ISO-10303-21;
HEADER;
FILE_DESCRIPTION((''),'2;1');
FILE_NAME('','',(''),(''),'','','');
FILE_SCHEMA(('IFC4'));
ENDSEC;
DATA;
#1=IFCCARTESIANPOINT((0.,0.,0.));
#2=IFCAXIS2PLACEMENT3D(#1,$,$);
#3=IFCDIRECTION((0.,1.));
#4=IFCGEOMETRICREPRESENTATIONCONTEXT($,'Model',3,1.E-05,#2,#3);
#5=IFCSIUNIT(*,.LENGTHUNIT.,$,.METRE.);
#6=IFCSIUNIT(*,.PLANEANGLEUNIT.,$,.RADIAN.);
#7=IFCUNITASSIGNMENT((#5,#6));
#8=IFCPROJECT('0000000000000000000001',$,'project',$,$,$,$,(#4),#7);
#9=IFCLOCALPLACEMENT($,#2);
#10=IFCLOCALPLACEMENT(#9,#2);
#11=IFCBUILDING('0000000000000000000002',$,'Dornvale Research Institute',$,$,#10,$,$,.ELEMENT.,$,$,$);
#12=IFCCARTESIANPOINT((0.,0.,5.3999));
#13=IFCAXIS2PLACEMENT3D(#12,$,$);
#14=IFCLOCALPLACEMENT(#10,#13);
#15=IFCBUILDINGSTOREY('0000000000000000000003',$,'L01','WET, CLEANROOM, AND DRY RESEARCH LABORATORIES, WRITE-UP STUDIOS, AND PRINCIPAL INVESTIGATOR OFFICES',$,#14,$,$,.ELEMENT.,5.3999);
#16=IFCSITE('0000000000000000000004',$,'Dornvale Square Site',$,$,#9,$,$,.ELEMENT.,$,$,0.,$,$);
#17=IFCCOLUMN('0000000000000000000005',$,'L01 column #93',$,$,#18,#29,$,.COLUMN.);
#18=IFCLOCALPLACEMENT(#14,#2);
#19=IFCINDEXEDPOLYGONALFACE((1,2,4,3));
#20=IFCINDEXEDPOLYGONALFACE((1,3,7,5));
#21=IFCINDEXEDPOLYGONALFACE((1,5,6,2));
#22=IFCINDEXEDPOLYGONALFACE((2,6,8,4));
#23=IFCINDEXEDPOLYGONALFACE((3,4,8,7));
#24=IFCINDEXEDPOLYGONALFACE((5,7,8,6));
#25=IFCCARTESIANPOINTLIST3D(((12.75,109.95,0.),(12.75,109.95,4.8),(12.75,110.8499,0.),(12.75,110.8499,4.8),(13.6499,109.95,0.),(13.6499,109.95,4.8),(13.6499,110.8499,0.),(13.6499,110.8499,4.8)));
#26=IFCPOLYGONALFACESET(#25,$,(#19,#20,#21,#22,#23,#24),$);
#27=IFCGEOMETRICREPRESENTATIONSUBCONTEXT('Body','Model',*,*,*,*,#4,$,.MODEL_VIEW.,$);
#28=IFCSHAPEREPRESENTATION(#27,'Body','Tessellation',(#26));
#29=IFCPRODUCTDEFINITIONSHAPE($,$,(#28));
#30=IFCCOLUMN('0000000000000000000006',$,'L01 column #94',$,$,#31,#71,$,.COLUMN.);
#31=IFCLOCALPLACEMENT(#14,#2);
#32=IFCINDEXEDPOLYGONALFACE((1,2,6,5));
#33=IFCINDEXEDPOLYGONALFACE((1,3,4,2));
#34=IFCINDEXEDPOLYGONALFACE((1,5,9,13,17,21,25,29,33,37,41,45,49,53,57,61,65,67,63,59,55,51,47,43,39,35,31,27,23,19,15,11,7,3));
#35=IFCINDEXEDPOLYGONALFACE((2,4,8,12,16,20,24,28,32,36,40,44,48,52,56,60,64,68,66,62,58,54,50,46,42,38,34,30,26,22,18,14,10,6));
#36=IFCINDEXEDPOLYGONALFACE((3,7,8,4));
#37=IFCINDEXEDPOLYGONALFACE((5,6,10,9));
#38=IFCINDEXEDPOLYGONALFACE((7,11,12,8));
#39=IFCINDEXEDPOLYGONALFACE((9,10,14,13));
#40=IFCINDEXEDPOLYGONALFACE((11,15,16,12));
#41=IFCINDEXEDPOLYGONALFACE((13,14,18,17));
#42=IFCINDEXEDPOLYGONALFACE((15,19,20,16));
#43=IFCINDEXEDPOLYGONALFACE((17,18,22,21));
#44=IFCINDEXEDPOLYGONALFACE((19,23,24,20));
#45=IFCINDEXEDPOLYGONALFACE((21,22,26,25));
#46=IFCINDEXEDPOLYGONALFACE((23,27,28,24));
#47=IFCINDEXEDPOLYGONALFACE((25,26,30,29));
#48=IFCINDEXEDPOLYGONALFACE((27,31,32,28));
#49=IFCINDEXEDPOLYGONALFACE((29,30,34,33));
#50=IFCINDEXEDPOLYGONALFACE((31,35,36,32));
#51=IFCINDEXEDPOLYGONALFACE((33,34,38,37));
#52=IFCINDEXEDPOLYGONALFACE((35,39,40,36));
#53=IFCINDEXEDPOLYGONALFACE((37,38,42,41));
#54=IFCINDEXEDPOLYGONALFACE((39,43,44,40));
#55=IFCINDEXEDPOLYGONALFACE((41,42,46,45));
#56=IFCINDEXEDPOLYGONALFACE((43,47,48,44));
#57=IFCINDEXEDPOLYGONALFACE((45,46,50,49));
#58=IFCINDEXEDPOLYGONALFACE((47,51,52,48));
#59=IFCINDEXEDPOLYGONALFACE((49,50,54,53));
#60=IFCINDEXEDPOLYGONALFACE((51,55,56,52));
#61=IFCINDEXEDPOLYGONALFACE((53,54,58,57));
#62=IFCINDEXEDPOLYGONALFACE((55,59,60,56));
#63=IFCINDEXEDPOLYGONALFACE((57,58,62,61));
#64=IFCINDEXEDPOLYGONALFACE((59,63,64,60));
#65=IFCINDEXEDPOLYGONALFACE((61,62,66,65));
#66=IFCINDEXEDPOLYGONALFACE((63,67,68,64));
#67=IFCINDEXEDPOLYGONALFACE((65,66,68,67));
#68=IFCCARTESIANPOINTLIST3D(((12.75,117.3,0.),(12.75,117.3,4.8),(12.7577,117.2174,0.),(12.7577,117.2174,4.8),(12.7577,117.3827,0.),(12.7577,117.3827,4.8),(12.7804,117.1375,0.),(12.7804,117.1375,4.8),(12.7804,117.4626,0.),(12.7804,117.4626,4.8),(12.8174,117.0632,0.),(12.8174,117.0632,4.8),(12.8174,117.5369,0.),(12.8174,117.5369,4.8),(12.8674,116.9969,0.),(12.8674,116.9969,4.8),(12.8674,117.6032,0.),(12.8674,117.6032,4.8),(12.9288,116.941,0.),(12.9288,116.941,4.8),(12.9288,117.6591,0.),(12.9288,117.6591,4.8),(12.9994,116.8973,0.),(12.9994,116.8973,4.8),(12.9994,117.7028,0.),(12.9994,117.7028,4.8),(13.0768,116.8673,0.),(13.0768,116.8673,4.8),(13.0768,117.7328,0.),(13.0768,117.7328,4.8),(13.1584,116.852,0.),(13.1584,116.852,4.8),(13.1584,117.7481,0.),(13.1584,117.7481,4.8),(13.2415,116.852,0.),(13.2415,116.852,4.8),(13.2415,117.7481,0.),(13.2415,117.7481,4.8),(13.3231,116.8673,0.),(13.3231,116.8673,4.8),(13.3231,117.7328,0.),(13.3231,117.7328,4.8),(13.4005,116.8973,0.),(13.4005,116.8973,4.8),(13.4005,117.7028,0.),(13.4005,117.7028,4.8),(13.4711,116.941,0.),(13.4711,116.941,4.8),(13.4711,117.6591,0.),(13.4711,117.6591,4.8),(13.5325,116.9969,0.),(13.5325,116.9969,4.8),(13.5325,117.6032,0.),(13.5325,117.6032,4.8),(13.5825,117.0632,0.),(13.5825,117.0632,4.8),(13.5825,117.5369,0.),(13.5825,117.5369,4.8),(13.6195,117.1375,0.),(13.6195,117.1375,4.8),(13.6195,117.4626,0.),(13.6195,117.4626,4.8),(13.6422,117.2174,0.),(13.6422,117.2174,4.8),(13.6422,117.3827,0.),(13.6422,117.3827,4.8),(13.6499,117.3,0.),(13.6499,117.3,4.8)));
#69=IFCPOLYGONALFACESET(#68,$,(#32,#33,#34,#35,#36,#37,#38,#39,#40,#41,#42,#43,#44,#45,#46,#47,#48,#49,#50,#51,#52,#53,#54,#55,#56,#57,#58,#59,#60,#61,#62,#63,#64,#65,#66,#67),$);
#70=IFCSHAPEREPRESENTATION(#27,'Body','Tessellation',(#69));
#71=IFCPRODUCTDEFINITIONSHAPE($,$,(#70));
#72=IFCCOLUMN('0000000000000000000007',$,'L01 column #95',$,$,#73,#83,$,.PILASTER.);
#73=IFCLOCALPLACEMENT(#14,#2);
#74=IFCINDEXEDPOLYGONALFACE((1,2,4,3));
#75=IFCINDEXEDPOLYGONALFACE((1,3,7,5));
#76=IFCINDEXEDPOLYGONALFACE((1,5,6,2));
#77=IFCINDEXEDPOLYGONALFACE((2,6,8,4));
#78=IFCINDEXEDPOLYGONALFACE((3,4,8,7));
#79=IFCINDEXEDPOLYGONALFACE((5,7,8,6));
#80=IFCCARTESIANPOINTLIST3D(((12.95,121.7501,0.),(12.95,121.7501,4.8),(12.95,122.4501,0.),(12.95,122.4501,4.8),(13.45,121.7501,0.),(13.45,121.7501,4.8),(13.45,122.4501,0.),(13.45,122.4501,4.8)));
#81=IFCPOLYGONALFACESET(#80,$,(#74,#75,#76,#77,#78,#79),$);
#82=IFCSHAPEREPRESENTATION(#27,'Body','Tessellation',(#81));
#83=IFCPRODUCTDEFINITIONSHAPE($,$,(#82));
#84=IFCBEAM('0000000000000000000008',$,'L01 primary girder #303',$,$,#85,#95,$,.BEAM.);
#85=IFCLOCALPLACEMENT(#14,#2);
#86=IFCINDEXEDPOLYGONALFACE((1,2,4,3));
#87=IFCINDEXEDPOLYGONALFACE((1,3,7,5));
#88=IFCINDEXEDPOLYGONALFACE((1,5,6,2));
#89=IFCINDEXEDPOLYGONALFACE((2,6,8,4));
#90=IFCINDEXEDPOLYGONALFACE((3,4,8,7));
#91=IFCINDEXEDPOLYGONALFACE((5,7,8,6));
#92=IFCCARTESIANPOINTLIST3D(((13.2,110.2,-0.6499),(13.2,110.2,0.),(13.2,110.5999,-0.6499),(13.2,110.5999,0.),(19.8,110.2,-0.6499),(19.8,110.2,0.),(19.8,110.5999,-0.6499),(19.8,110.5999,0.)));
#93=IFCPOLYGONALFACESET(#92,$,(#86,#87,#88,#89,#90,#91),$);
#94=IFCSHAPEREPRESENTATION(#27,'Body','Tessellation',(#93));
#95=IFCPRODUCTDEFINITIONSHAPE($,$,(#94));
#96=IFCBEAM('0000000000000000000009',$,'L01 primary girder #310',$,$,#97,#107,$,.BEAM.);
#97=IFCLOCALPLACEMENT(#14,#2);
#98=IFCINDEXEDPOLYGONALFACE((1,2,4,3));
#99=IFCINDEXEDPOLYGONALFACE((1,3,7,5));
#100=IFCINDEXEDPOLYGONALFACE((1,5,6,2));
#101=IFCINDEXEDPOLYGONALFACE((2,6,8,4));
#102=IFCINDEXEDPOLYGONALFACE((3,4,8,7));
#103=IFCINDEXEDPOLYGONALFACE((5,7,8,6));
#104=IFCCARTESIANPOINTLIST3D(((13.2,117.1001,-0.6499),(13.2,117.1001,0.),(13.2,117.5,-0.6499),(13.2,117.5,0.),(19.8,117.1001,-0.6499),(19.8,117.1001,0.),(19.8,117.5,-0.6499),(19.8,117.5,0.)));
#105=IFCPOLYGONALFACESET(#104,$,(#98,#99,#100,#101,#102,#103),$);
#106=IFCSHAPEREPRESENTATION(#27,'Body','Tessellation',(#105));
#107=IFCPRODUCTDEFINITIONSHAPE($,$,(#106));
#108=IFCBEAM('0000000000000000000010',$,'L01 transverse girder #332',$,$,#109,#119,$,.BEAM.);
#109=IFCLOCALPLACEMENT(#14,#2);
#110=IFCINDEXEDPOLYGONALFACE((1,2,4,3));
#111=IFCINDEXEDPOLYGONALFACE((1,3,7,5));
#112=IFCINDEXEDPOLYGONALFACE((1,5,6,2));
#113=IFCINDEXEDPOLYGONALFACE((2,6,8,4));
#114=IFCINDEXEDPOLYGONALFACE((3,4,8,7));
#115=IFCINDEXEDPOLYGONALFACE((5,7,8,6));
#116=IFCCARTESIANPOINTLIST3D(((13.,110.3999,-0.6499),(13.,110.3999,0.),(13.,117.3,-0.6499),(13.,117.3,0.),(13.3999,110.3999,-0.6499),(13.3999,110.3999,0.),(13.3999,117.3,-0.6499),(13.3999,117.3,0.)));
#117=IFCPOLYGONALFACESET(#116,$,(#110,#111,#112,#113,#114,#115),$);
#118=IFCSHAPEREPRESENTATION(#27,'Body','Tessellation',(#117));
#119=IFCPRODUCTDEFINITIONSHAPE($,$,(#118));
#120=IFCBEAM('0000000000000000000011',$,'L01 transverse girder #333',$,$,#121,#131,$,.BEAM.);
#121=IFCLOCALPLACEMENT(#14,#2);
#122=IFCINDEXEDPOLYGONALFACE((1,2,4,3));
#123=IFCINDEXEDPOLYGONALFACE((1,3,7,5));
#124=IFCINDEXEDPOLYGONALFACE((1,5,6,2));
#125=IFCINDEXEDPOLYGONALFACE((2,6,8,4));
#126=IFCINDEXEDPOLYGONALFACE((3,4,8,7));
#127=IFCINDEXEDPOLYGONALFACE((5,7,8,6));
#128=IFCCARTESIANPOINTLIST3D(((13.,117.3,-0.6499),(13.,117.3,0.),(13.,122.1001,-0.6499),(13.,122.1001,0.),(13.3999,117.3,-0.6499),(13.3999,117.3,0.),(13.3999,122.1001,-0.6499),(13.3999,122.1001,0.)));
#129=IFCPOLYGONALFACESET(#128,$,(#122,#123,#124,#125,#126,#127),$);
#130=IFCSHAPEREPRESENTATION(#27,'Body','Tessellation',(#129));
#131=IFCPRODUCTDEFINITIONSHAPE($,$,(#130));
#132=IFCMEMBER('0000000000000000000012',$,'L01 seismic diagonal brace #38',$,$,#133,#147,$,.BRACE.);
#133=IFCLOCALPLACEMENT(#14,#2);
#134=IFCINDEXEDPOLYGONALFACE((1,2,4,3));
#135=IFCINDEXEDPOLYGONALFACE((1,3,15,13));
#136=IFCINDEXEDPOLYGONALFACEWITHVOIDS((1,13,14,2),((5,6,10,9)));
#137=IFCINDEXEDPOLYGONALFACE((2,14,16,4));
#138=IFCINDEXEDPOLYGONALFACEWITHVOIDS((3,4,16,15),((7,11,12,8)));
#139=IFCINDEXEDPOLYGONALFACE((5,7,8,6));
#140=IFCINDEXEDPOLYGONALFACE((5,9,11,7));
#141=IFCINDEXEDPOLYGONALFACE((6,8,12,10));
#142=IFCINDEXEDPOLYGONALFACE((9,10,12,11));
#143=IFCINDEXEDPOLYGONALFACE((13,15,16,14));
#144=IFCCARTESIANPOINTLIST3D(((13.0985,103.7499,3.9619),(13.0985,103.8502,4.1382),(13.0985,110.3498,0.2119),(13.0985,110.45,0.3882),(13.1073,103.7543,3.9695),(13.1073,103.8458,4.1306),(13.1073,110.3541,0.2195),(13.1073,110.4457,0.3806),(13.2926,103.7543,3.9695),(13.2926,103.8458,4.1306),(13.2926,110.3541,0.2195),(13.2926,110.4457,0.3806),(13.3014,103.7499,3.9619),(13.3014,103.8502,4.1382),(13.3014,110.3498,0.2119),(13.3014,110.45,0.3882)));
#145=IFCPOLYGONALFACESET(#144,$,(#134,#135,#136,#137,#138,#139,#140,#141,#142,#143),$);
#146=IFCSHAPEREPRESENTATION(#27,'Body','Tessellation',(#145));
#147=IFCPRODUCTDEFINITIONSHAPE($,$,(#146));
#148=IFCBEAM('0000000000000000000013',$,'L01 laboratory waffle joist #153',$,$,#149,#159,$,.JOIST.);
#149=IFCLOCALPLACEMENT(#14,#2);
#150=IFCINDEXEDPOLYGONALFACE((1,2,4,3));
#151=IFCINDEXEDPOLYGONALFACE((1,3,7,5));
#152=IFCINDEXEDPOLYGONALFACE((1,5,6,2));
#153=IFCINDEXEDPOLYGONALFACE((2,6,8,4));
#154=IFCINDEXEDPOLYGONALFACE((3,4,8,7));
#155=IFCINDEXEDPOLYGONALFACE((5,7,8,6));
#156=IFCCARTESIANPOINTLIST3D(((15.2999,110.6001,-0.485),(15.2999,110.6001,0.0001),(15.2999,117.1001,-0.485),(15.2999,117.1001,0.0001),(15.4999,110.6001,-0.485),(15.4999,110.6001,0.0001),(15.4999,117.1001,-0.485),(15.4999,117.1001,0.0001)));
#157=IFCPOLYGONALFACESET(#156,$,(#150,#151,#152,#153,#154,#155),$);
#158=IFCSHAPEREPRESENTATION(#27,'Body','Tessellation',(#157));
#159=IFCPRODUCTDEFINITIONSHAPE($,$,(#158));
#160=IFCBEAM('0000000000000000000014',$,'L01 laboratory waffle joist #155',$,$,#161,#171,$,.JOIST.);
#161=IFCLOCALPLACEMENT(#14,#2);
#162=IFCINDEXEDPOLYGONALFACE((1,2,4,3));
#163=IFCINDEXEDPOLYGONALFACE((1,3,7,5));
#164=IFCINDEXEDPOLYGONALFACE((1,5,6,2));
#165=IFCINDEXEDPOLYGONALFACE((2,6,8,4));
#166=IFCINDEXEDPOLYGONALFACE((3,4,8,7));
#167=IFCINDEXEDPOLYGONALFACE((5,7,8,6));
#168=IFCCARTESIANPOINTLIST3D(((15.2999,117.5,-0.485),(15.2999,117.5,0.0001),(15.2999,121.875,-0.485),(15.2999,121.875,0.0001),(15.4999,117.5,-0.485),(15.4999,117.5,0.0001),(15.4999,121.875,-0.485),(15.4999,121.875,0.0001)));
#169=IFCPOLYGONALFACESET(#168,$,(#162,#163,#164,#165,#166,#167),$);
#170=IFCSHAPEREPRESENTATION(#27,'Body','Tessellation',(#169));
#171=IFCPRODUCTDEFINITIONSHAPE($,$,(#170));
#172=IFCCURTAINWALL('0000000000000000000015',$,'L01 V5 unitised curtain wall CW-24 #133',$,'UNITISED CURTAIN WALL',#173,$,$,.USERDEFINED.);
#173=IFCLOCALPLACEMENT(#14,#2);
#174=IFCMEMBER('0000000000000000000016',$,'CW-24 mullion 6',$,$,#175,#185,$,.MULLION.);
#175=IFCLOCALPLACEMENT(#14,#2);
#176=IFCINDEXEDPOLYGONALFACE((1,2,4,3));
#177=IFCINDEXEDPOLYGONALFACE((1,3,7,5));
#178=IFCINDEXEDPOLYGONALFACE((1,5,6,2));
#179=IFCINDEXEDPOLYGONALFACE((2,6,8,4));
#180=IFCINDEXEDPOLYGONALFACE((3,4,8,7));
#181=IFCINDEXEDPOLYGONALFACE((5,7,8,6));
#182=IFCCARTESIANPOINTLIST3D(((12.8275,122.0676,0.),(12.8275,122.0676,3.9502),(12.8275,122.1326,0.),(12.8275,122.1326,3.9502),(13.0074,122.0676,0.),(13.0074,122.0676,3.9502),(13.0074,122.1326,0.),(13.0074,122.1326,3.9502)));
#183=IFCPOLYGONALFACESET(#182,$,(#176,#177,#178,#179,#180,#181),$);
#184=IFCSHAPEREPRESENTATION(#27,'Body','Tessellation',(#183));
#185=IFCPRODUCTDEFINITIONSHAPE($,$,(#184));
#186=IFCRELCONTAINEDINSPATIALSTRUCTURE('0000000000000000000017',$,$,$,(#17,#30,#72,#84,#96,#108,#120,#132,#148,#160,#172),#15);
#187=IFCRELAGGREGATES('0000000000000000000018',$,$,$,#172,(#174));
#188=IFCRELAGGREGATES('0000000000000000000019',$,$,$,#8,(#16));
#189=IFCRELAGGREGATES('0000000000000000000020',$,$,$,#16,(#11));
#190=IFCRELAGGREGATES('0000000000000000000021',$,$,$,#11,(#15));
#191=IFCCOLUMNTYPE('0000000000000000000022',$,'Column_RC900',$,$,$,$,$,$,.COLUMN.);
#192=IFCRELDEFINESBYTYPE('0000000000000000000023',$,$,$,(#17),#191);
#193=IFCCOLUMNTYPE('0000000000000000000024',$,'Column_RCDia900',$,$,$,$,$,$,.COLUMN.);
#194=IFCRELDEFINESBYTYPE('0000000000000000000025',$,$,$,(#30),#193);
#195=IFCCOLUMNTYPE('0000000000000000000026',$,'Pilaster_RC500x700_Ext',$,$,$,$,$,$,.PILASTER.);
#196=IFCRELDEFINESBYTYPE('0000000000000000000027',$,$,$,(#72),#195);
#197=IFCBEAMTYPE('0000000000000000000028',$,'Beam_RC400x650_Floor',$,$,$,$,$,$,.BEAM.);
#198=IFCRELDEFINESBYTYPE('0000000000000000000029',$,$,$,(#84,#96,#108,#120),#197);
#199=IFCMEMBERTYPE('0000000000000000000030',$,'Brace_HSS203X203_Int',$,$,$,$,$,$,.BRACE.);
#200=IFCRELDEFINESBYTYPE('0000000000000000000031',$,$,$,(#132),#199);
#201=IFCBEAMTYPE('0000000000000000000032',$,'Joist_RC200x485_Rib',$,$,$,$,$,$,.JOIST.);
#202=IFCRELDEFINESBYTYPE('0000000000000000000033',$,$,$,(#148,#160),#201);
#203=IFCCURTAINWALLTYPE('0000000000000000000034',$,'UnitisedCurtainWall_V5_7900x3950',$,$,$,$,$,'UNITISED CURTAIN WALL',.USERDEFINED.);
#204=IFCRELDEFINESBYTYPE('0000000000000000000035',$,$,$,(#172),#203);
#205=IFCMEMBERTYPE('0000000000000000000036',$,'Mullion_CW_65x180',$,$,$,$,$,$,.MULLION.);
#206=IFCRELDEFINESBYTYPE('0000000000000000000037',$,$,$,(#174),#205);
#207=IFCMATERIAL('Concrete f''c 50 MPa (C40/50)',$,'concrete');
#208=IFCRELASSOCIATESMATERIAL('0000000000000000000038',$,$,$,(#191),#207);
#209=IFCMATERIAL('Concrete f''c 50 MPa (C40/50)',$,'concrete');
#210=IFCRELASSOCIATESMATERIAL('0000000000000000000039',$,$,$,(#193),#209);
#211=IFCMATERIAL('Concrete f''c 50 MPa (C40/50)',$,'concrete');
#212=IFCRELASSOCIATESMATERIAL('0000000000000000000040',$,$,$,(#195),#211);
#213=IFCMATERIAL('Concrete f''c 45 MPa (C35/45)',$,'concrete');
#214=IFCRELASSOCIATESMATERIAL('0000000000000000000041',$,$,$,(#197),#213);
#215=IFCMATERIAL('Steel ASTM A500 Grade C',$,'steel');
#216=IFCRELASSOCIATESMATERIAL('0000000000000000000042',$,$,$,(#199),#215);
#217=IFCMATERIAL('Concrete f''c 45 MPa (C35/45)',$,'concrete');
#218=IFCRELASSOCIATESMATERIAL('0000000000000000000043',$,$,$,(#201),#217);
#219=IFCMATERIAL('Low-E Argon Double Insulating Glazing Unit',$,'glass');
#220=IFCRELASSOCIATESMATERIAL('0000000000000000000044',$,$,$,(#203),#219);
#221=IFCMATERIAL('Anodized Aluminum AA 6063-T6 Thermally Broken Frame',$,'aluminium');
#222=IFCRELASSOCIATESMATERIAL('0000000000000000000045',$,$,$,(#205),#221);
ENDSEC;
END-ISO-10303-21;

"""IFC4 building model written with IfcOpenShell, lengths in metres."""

from ifc_helpers import new_model, si_unit, direction, frame, origin, origin_2d, place, context, subcontext, project, spatial, rectangle, hollow_rectangle, circle, extrude, material, material_profile, profile_set, type_object, element, aggregate, save


model = new_model("IFC4")

# Units and contexts
model_context = context("Model", 3, precision=1e-05, world=origin(), true_north=direction((0.0, 1.0)))
body_context = subcontext(model_context, "Body", "Model", "MODEL_VIEW")
ifc_project = project(units=[si_unit("LENGTHUNIT", "METRE"), si_unit("PLANEANGLEUNIT", "RADIAN")], contexts=[model_context])

# Site, building, storey
site_placement = place(None, origin())
site = spatial("IfcSite", under=ifc_project, at=site_placement, Name="Dornvale Square Site", CompositionType="ELEMENT", RefElevation=0.0)
building_placement = place(site_placement, origin())
building = spatial("IfcBuilding", under=site, at=building_placement, Name="Dornvale Research Institute", CompositionType="ELEMENT")
storey_placement = place(building_placement, frame((0.0, 0.0, 5.3999)))
storey = spatial("IfcBuildingStorey", under=building, at=storey_placement, Name="L01", Description="WET, CLEANROOM, AND DRY RESEARCH LABORATORIES, WRITE-UP STUDIOS, AND PRINCIPAL INVESTIGATOR OFFICES", CompositionType="ELEMENT", Elevation=5.3999)

# Columns
ifc_material_1 = material(Name="Concrete f'c 50 MPa (C40/50)", Category="concrete")
ifc_material_profile_1 = material_profile(ifc_material_1, rectangle(XDim=0.8999, YDim=0.8999, at=origin_2d()), Name="RC 900x900")
ifc_profile_set_1 = profile_set([ifc_material_profile_1], Name="Concrete f'c 50 MPa (C40/50)")
column_type_1 = type_object("IfcColumnType", Name="Column_RC900", PredefinedType="COLUMN", material=ifc_profile_set_1)
column_1_placement = place(storey_placement, frame((13.2, 110.3999, 0.0), z_axis=(0.0, 0.0, 1.0), x_axis=(1.0, 0.0, 0.0)))
element("IfcColumn", 1, at=column_1_placement, inside=storey, type_object=column_type_1, Name="L01 column #93", PredefinedType="COLUMN", context=body_context, shape_type="SweptSolid", body=[
    extrude(rectangle(XDim=0.8999, YDim=0.8999, at=origin_2d()), origin(), (0.0, 0.0, 1.0), 4.8),
])
ifc_material_2 = material(Name="Concrete f'c 50 MPa (C40/50)", Category="concrete")
ifc_material_profile_2 = material_profile(ifc_material_2, circle(Radius=0.45, at=origin_2d()), Name="RC DIA 900")
ifc_profile_set_2 = profile_set([ifc_material_profile_2], Name="Concrete f'c 50 MPa (C40/50)")
column_type_2 = type_object("IfcColumnType", Name="Column_RCDia900", PredefinedType="COLUMN", material=ifc_profile_set_2)
column_2_placement = place(storey_placement, frame((13.2, 117.3, 0.0), z_axis=(0.0, 0.0, 1.0), x_axis=(1.0, 0.0, 0.0)))
element("IfcColumn", 2, at=column_2_placement, inside=storey, type_object=column_type_2, Name="L01 column #94", PredefinedType="COLUMN", context=body_context, shape_type="SweptSolid", body=[
    extrude(circle(Radius=0.45, at=origin_2d()), origin(), (0.0, 0.0, 1.0), 4.8),
])
ifc_material_3 = material(Name="Concrete f'c 50 MPa (C40/50)", Category="concrete")
ifc_material_profile_3 = material_profile(ifc_material_3, rectangle(XDim=0.5, YDim=0.7, at=origin_2d()), Name="RC 500x700")
ifc_profile_set_3 = profile_set([ifc_material_profile_3], Name="Concrete f'c 50 MPa (C40/50)")
column_type_3 = type_object("IfcColumnType", Name="Pilaster_RC500x700_Ext", PredefinedType="PILASTER", material=ifc_profile_set_3)
column_3_placement = place(storey_placement, frame((13.2, 122.1001, 0.0), z_axis=(0.0, 0.0, 1.0), x_axis=(1.0, 0.0, 0.0)))
element("IfcColumn", 3, at=column_3_placement, inside=storey, type_object=column_type_3, Name="L01 column #95", PredefinedType="PILASTER", context=body_context, shape_type="SweptSolid", body=[
    extrude(rectangle(XDim=0.5, YDim=0.7, at=origin_2d()), origin(), (0.0, 0.0, 1.0), 4.8),
])

# Beams
ifc_material_4 = material(Name="Concrete f'c 45 MPa (C35/45)", Category="concrete")
ifc_material_profile_4 = material_profile(ifc_material_4, rectangle(XDim=0.3999, YDim=0.6499, at=origin_2d()), Name="RC 400x650")
ifc_profile_set_4 = profile_set([ifc_material_profile_4], Name="Concrete f'c 45 MPa (C35/45)")
beam_type_1 = type_object("IfcBeamType", Name="Beam_RC400x650_Floor", PredefinedType="BEAM", material=ifc_profile_set_4)
for number, where, z_axis, x_axis, name in (
    (4, (13.2, 110.3999, -0.325), (1.0, 0.0, 0.0), (0.0, 1.0, 0.0), "L01 primary girder #303"),
    (5, (13.2, 117.3, -0.325), (1.0, 0.0, 0.0), (0.0, 1.0, 0.0), "L01 primary girder #310"),
):
    element("IfcBeam", number, at=place(storey_placement, frame(where, z_axis=z_axis, x_axis=x_axis)), inside=storey, type_object=beam_type_1, Name=name, PredefinedType="BEAM", context=body_context, shape_type="SweptSolid", body=[
        extrude(rectangle(XDim=0.3999, YDim=0.6499, at=origin_2d()), origin(), (0.0, 0.0, 1.0), 6.6001),
    ])
beam_1_placement = place(storey_placement, frame((13.2, 110.3999, -0.325), z_axis=(0.0, 1.0, 0.0), x_axis=(-1.0, 0.0, 0.0)))
element("IfcBeam", 6, at=beam_1_placement, inside=storey, type_object=beam_type_1, Name="L01 transverse girder #332", PredefinedType="BEAM", context=body_context, shape_type="SweptSolid", body=[
    extrude(rectangle(XDim=0.3999, YDim=0.6499, at=origin_2d()), origin(), (0.0, 0.0, 1.0), 6.9001),
])
beam_2_placement = place(storey_placement, frame((13.2, 117.3, -0.325), z_axis=(0.0, 1.0, 0.0), x_axis=(-1.0, 0.0, 0.0)))
element("IfcBeam", 7, at=beam_2_placement, inside=storey, type_object=beam_type_1, Name="L01 transverse girder #333", PredefinedType="BEAM", context=body_context, shape_type="SweptSolid", body=[
    extrude(rectangle(XDim=0.3999, YDim=0.6499, at=origin_2d()), origin(), (0.0, 0.0, 1.0), 4.8),
])

# Member
ifc_material_5 = material(Name="Steel ASTM A500 Grade C", Category="steel")
ifc_material_profile_5 = material_profile(ifc_material_5, hollow_rectangle(XDim=0.2029, YDim=0.2029, WallThickness=0.0088, at=origin_2d()), Name="HSS203X203X9.5")
ifc_profile_set_5 = profile_set([ifc_material_profile_5], Name="Steel ASTM A500 Grade C")
member_type_1 = type_object("IfcMemberType", Name="Brace_HSS203X203_Int", PredefinedType="BRACE", material=ifc_profile_set_5)
member_1_placement = place(storey_placement, frame((13.2, 110.3999, 0.3), z_axis=(0.0, -0.869452, 0.494018), x_axis=(1.0, 0.0, 0.0)))
element("IfcMember", 8, at=member_1_placement, inside=storey, type_object=member_type_1, Name="L01 seismic diagonal brace #38", PredefinedType="BRACE", context=body_context, shape_type="SweptSolid", body=[
    extrude(hollow_rectangle(XDim=0.2029, YDim=0.2029, WallThickness=0.0088, at=origin_2d()), origin(), (0.0, 0.0, 1.0), 7.5908),
])

# Beams
ifc_material_6 = material(Name="Concrete f'c 45 MPa (C35/45)", Category="concrete")
ifc_material_profile_6 = material_profile(ifc_material_6, rectangle(XDim=0.2, YDim=0.4851, at=origin_2d()), Name="RC 200x485")
ifc_profile_set_6 = profile_set([ifc_material_profile_6], Name="Concrete f'c 45 MPa (C35/45)")
beam_type_2 = type_object("IfcBeamType", Name="Joist_RC200x485_Rib", PredefinedType="JOIST", material=ifc_profile_set_6)
beam_3_placement = place(storey_placement, frame((15.3999, 110.6001, -0.2424), z_axis=(0.0, 1.0, 0.0), x_axis=(-1.0, 0.0, 0.0)))
element("IfcBeam", 9, at=beam_3_placement, inside=storey, type_object=beam_type_2, Name="L01 laboratory waffle joist #153", PredefinedType="JOIST", context=body_context, shape_type="SweptSolid", body=[
    extrude(rectangle(XDim=0.2, YDim=0.4851, at=origin_2d()), origin(), (0.0, 0.0, 1.0), 6.5),
])
beam_4_placement = place(storey_placement, frame((15.3999, 117.5, -0.2424), z_axis=(0.0, 1.0, 0.0), x_axis=(-1.0, 0.0, 0.0)))
element("IfcBeam", 10, at=beam_4_placement, inside=storey, type_object=beam_type_2, Name="L01 laboratory waffle joist #155", PredefinedType="JOIST", context=body_context, shape_type="SweptSolid", body=[
    extrude(rectangle(XDim=0.2, YDim=0.4851, at=origin_2d()), origin(), (0.0, 0.0, 1.0), 4.375),
])

# Curtain wall, member
ifc_material_7 = material(Name="Low-E Argon Double Insulating Glazing Unit", Category="glass")
curtain_wall_type = type_object("IfcCurtainWallType", Name="UnitisedCurtainWall_V5_7900x3950", ElementType="UNITISED CURTAIN WALL", PredefinedType="USERDEFINED", material=ifc_material_7)
curtain_wall_placement = place(storey_placement, origin())
curtain_wall = element("IfcCurtainWall", 11, at=curtain_wall_placement, inside=storey, type_object=curtain_wall_type, Name="L01 V5 unitised curtain wall CW-24 #133", ObjectType="UNITISED CURTAIN WALL", PredefinedType="USERDEFINED")
ifc_material_8 = material(Name="Anodized Aluminum AA 6063-T6 Thermally Broken Frame", Category="aluminium")
ifc_material_profile_7 = material_profile(ifc_material_8, rectangle(XDim=0.0649, YDim=0.1799, at=origin_2d()), Name="ALU MULLION 65x180")
ifc_profile_set_7 = profile_set([ifc_material_profile_7], Name="Anodized Aluminum AA 6063-T6 Thermally Broken Frame")
member_type_2 = type_object("IfcMemberType", Name="Mullion_CW_65x180", PredefinedType="MULLION", material=ifc_profile_set_7)
member_2_placement = place(storey_placement, frame((12.9175, 122.1001, 0.0), z_axis=(0.0, 0.0, 1.0), x_axis=(0.0, 1.0, 0.0)))
member_2 = element("IfcMember", 12, at=member_2_placement, type_object=member_type_2, Name="CW-24 mullion 6", PredefinedType="MULLION", context=body_context, shape_type="SweptSolid", body=[
    extrude(rectangle(XDim=0.0649, YDim=0.1799, at=origin_2d()), origin(), (0.0, 0.0, 1.0), 3.9502),
])
aggregate(curtain_wall, [member_2])

save(model, "model.ifc")
